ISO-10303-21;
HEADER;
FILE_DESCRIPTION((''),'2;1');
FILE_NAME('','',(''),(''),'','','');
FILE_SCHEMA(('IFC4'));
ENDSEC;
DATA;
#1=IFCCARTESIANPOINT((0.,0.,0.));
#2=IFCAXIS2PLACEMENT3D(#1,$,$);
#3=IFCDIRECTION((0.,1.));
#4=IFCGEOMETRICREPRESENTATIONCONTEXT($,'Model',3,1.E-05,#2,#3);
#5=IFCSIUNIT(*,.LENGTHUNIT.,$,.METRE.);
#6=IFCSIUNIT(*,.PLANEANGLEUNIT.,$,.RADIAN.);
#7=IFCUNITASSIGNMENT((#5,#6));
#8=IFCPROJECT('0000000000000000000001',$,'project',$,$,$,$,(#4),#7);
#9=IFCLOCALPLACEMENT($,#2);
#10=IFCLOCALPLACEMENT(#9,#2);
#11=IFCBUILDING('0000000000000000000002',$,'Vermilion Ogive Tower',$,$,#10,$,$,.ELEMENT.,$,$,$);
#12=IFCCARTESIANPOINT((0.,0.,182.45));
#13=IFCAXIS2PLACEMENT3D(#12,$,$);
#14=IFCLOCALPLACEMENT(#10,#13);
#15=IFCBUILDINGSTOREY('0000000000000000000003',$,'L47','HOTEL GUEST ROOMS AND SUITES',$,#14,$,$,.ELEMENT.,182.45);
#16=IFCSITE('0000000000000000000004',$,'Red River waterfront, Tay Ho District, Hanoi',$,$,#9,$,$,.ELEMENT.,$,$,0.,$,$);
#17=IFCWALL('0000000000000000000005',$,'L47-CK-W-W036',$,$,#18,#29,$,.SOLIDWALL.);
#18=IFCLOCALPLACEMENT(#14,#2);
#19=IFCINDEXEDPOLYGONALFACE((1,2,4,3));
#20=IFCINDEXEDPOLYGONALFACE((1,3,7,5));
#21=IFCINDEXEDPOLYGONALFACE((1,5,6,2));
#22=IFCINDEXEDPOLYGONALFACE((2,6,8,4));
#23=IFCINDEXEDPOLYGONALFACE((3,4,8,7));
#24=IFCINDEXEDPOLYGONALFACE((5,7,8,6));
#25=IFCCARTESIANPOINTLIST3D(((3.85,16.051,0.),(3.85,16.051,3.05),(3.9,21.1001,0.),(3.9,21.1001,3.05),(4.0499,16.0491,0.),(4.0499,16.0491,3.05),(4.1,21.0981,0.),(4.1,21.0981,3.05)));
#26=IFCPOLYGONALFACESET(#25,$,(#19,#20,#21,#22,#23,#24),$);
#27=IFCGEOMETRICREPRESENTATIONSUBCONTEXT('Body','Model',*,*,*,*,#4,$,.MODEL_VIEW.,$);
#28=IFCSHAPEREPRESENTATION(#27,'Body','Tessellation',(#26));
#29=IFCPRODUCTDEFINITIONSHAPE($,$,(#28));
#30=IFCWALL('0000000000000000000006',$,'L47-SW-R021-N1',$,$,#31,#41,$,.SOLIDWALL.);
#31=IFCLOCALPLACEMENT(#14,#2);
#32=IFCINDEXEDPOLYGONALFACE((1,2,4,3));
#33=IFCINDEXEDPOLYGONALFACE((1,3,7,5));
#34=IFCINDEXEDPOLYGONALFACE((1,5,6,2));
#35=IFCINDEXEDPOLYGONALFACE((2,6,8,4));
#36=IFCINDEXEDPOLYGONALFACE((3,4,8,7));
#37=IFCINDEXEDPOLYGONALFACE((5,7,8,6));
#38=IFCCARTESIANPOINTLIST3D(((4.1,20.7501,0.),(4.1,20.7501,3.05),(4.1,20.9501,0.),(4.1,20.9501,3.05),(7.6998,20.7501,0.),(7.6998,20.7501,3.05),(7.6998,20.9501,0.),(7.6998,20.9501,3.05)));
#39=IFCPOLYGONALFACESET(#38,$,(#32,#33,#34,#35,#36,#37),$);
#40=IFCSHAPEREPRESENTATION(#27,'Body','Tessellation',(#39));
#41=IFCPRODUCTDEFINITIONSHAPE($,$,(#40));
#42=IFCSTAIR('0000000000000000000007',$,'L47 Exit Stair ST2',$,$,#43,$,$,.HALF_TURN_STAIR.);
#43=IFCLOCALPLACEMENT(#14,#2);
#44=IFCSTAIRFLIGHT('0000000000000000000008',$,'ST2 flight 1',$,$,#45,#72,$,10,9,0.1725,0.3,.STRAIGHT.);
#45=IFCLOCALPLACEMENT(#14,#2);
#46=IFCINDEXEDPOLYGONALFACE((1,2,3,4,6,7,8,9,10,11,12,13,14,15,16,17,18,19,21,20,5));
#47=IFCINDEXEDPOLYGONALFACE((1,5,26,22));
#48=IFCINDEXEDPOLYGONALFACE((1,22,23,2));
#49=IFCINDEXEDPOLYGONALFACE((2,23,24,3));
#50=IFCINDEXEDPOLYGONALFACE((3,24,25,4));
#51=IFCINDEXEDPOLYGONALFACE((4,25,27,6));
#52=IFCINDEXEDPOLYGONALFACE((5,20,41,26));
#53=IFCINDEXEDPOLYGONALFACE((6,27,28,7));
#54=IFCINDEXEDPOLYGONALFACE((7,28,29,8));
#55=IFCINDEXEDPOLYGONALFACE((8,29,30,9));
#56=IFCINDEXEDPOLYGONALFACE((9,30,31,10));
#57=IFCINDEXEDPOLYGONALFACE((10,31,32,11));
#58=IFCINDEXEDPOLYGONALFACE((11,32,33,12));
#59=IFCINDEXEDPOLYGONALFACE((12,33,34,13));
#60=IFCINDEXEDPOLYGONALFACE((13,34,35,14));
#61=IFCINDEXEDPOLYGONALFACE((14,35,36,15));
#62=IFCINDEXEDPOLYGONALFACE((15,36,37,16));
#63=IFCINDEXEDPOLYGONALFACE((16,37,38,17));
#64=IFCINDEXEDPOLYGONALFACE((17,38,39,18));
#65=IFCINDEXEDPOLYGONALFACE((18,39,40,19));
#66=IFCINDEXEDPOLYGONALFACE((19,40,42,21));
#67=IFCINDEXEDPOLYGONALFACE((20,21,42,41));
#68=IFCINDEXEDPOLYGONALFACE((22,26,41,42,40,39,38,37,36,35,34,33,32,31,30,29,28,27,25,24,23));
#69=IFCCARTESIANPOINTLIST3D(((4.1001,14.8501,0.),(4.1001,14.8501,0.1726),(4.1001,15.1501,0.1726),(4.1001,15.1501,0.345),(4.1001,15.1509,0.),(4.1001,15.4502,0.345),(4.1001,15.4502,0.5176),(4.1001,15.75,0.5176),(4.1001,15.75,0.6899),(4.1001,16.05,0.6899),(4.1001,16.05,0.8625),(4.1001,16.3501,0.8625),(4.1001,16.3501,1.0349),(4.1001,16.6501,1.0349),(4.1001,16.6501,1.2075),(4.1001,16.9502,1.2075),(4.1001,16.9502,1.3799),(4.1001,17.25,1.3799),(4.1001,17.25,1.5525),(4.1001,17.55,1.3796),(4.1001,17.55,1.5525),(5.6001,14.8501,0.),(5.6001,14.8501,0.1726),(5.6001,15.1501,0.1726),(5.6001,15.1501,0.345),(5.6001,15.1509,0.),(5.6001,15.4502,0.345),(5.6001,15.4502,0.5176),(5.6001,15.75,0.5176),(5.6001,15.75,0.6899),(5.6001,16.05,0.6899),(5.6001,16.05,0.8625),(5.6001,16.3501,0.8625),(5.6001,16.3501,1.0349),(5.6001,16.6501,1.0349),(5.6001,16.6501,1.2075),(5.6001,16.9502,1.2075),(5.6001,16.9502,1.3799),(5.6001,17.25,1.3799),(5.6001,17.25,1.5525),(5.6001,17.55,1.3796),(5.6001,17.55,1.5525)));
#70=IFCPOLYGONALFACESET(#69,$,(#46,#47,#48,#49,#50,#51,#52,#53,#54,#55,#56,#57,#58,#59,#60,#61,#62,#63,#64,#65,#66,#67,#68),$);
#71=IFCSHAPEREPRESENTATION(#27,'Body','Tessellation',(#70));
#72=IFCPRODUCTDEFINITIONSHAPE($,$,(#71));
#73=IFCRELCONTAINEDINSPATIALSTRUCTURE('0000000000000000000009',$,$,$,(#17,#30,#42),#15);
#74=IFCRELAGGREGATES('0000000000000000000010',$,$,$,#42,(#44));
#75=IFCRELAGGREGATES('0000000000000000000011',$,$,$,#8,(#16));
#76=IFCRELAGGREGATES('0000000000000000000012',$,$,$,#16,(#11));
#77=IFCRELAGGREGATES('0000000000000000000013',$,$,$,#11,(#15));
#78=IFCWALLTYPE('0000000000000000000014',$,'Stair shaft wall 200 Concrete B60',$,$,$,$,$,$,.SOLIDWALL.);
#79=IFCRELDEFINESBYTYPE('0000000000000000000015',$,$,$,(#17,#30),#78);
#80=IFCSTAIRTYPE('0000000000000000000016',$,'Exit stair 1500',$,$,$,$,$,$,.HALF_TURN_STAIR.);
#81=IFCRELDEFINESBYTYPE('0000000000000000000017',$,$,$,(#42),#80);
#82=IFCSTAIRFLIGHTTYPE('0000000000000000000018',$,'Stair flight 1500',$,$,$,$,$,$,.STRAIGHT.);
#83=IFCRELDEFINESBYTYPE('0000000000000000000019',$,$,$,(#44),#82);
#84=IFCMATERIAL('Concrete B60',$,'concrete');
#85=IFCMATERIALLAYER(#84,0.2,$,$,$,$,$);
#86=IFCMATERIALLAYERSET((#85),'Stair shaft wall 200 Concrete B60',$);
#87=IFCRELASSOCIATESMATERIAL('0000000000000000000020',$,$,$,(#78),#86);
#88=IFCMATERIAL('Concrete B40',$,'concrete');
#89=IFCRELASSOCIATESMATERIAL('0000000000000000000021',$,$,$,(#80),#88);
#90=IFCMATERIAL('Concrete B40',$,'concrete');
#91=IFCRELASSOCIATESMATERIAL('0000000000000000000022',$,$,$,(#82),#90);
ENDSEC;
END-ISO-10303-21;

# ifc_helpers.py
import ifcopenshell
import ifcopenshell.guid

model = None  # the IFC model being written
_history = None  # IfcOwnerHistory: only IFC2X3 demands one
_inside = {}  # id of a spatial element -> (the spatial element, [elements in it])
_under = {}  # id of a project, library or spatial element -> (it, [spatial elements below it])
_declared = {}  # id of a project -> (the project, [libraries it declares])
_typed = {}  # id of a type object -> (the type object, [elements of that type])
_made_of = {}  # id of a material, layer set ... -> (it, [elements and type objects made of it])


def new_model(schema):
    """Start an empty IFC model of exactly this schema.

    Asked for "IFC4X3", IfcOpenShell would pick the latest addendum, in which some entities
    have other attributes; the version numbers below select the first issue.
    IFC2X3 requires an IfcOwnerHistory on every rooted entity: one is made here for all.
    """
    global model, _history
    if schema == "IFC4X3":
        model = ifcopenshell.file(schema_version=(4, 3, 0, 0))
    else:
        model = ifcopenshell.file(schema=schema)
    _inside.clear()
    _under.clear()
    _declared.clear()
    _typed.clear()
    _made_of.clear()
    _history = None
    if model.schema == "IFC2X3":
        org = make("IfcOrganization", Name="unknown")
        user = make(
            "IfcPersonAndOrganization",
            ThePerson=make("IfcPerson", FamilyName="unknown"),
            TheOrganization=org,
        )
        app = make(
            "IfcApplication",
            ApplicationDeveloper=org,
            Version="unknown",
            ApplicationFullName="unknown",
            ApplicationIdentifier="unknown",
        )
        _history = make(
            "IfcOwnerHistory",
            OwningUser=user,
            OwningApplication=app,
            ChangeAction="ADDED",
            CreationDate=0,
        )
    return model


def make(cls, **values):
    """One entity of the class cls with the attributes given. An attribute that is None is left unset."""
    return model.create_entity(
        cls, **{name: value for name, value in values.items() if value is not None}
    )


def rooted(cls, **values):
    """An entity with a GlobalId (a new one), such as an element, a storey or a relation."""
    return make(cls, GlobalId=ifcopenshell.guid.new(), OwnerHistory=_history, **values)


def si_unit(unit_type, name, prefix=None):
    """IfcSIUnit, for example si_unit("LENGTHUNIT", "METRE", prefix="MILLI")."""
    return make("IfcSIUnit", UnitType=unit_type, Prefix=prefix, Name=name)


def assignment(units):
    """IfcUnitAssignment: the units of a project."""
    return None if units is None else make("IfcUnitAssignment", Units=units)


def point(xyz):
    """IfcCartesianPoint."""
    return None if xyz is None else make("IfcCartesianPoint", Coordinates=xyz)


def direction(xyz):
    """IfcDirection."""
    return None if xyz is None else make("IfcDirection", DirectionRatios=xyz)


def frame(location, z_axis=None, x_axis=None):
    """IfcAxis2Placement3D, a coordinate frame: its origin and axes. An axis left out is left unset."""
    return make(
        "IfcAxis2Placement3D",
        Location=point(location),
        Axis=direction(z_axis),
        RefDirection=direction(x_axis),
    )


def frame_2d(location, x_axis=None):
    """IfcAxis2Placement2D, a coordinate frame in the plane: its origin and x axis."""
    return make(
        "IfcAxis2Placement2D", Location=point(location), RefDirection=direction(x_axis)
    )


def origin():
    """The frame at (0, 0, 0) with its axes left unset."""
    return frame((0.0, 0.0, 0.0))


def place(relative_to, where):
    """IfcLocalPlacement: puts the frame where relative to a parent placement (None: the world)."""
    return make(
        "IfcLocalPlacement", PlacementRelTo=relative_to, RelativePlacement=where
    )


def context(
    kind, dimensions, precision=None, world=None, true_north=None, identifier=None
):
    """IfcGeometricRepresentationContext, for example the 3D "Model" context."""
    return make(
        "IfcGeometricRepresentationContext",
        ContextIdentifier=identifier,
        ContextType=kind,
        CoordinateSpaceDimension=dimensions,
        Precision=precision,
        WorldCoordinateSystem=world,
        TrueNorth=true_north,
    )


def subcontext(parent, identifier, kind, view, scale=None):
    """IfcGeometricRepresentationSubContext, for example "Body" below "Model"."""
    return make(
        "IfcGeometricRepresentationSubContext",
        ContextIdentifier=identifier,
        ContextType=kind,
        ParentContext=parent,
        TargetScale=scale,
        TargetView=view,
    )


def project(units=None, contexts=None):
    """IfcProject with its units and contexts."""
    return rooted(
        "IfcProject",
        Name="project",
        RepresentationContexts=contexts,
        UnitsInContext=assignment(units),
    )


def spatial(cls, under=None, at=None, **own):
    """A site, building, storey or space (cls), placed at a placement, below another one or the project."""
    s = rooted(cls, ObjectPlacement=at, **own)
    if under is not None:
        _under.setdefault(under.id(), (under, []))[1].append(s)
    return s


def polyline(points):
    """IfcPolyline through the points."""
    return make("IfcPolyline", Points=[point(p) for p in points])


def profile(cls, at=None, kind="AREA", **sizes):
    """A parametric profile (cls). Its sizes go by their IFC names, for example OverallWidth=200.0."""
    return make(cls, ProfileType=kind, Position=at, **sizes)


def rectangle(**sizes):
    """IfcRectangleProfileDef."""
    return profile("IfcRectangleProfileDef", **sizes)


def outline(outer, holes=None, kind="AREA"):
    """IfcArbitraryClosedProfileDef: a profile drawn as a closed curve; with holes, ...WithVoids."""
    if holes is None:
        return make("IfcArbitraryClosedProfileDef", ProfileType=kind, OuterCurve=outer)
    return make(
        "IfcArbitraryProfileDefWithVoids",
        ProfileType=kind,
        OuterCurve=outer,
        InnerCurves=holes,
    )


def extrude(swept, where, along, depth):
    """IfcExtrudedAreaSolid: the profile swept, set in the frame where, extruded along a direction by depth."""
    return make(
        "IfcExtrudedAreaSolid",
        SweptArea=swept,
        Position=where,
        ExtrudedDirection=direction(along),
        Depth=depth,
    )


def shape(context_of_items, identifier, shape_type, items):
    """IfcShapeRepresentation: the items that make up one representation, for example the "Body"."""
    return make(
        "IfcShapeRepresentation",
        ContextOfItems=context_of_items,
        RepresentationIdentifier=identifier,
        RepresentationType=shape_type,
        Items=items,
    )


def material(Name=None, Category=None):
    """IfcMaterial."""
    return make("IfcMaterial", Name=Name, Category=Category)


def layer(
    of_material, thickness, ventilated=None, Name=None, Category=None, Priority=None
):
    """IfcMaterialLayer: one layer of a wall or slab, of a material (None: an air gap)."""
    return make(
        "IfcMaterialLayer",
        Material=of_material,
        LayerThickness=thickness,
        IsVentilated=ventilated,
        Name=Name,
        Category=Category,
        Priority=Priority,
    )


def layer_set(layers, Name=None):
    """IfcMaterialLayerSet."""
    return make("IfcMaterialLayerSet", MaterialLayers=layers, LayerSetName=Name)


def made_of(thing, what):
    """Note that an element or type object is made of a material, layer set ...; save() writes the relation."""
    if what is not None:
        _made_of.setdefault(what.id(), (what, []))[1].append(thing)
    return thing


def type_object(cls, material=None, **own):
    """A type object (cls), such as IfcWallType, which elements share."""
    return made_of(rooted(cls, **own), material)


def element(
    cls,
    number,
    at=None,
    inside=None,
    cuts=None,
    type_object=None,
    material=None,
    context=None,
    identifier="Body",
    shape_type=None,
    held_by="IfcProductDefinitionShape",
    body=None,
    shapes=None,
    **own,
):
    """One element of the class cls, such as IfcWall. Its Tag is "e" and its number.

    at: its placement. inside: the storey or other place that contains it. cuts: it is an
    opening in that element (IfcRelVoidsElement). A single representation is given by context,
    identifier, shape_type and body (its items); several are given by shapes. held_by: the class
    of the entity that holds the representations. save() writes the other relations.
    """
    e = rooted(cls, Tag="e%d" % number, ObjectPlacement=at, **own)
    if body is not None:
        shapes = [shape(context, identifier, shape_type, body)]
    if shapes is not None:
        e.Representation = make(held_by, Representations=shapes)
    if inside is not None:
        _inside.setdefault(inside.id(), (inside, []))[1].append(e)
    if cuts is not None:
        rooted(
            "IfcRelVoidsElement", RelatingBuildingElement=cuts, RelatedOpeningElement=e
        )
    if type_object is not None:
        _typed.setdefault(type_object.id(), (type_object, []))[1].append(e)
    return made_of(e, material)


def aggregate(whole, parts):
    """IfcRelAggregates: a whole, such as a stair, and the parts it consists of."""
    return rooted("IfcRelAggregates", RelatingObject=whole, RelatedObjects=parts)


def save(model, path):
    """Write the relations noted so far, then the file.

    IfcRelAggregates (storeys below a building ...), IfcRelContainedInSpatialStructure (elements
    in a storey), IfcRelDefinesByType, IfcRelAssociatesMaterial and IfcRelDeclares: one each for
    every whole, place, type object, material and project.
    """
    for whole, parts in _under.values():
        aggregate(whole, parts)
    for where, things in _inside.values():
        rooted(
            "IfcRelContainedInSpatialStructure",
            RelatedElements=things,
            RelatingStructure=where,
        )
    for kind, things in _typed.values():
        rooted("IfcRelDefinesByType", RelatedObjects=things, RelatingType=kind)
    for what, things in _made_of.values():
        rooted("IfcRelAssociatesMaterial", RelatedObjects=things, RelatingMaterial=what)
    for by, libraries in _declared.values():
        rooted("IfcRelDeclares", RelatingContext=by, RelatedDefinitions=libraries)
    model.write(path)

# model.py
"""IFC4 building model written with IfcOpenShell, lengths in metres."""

from ifc_helpers import new_model, si_unit, direction, frame, frame_2d, origin, place, context, subcontext, project, spatial, polyline, rectangle, outline, extrude, material, layer, layer_set, type_object, element, aggregate, save


model = new_model("IFC4")

# Units and contexts
model_context = context("Model", 3, precision=1e-05, world=origin(), true_north=direction((0.0, 1.0)))
body_context = subcontext(model_context, "Body", "Model", "MODEL_VIEW")
ifc_project = project(units=[si_unit("LENGTHUNIT", "METRE"), si_unit("PLANEANGLEUNIT", "RADIAN")], contexts=[model_context])

# Site, building, storey
site_placement = place(None, origin())
site = spatial("IfcSite", under=ifc_project, at=site_placement, Name="Red River waterfront, Tay Ho District, Hanoi", CompositionType="ELEMENT", RefElevation=0.0)
building_placement = place(site_placement, origin())
building = spatial("IfcBuilding", under=site, at=building_placement, Name="Vermilion Ogive Tower", CompositionType="ELEMENT")
storey_placement = place(building_placement, frame((0.0, 0.0, 182.45)))
storey = spatial("IfcBuildingStorey", under=building, at=storey_placement, Name="L47", Description="HOTEL GUEST ROOMS AND SUITES", CompositionType="ELEMENT", Elevation=182.45)

# Shared definitions
ifc_material_1 = material(Name="Concrete B60", Category="concrete")
ifc_layer_1 = layer(ifc_material_1, 0.2)
ifc_layer_set_1 = layer_set([ifc_layer_1], Name="Stair shaft wall 200 Concrete B60")
wall_type_1 = type_object("IfcWallType", Name="Stair shaft wall 200 Concrete B60", PredefinedType="SOLIDWALL", material=ifc_layer_set_1)

# Walls
wall_1_placement = place(storey_placement, frame((3.95, 16.05, 0.0), z_axis=(0.0, 0.0, 1.0), x_axis=(0.009912, 0.999951, 0.0)))
element("IfcWall", 1, at=wall_1_placement, inside=storey, type_object=wall_type_1, Name="L47-CK-W-W036", PredefinedType="SOLIDWALL", context=body_context, shape_type="SweptSolid", body=[
    extrude(rectangle(XDim=5.0493, YDim=0.2, at=frame_2d((2.5247, 0.0))), origin(), (0.0, 0.0, 1.0), 3.05),
])
wall_2_placement = place(storey_placement, frame((4.1001, 20.8501, 0.0), z_axis=(0.0, 0.0, 1.0), x_axis=(1.0, 0.0, 0.0)))
element("IfcWall", 2, at=wall_2_placement, inside=storey, type_object=wall_type_1, Name="L47-SW-R021-N1", PredefinedType="SOLIDWALL", context=body_context, shape_type="SweptSolid", body=[
    extrude(rectangle(XDim=3.5999, YDim=0.2, at=frame_2d((1.7998, 0.0))), origin(), (0.0, 0.0, 1.0), 3.05),
])

# Stair, stair flight
ifc_material_2 = material(Name="Concrete B40", Category="concrete")
stair_type = type_object("IfcStairType", Name="Exit stair 1500", PredefinedType="HALF_TURN_STAIR", material=ifc_material_2)
stair_placement = place(storey_placement, origin())
stair = element("IfcStair", 3, at=stair_placement, inside=storey, type_object=stair_type, Name="L47 Exit Stair ST2", PredefinedType="HALF_TURN_STAIR")
ifc_material_3 = material(Name="Concrete B40", Category="concrete")
stair_flight_type = type_object("IfcStairFlightType", Name="Stair flight 1500", PredefinedType="STRAIGHT", material=ifc_material_3)
stair_flight_placement = place(storey_placement, frame((4.8501, 14.8501, 0.0), z_axis=(0.0, 0.0, 1.0), x_axis=(0.0, 1.0, 0.0)))
stair_flight = element("IfcStairFlight", 4, at=stair_flight_placement, type_object=stair_flight_type, Name="ST2 flight 1", NumberOfRisers=10, NumberOfTreads=9, PredefinedType="STRAIGHT", RiserHeight=0.1725, TreadLength=0.3, context=body_context, shape_type="SweptSolid", body=[
    extrude(outline(polyline([(0.0, 0.0), (0.0, 0.1726), (0.3, 0.1726), (0.3, 0.345), (0.6001, 0.345), (0.6001, 0.5176), (0.8999, 0.5176), (0.8999, 0.6899), (1.2, 0.6899), (1.2, 0.8625), (1.5, 0.8625), (1.5, 1.0349), (1.8, 1.0349), (1.8, 1.2075), (2.1001, 1.2075), (2.1001, 1.3799), (2.3999, 1.3799), (2.3999, 1.5525), (2.7, 1.5525), (2.7, 1.7251), (2.7, 1.3796), (0.3008, 0.0), (0.0, 0.0)])), frame((0.0, 0.75, 0.0), z_axis=(0.0, -1.0, 0.0), x_axis=(1.0, 0.0, 0.0)), (0.0, 0.0, 1.0), 1.5),
])
aggregate(stair, [stair_flight])

save(model, "model.ifc")
